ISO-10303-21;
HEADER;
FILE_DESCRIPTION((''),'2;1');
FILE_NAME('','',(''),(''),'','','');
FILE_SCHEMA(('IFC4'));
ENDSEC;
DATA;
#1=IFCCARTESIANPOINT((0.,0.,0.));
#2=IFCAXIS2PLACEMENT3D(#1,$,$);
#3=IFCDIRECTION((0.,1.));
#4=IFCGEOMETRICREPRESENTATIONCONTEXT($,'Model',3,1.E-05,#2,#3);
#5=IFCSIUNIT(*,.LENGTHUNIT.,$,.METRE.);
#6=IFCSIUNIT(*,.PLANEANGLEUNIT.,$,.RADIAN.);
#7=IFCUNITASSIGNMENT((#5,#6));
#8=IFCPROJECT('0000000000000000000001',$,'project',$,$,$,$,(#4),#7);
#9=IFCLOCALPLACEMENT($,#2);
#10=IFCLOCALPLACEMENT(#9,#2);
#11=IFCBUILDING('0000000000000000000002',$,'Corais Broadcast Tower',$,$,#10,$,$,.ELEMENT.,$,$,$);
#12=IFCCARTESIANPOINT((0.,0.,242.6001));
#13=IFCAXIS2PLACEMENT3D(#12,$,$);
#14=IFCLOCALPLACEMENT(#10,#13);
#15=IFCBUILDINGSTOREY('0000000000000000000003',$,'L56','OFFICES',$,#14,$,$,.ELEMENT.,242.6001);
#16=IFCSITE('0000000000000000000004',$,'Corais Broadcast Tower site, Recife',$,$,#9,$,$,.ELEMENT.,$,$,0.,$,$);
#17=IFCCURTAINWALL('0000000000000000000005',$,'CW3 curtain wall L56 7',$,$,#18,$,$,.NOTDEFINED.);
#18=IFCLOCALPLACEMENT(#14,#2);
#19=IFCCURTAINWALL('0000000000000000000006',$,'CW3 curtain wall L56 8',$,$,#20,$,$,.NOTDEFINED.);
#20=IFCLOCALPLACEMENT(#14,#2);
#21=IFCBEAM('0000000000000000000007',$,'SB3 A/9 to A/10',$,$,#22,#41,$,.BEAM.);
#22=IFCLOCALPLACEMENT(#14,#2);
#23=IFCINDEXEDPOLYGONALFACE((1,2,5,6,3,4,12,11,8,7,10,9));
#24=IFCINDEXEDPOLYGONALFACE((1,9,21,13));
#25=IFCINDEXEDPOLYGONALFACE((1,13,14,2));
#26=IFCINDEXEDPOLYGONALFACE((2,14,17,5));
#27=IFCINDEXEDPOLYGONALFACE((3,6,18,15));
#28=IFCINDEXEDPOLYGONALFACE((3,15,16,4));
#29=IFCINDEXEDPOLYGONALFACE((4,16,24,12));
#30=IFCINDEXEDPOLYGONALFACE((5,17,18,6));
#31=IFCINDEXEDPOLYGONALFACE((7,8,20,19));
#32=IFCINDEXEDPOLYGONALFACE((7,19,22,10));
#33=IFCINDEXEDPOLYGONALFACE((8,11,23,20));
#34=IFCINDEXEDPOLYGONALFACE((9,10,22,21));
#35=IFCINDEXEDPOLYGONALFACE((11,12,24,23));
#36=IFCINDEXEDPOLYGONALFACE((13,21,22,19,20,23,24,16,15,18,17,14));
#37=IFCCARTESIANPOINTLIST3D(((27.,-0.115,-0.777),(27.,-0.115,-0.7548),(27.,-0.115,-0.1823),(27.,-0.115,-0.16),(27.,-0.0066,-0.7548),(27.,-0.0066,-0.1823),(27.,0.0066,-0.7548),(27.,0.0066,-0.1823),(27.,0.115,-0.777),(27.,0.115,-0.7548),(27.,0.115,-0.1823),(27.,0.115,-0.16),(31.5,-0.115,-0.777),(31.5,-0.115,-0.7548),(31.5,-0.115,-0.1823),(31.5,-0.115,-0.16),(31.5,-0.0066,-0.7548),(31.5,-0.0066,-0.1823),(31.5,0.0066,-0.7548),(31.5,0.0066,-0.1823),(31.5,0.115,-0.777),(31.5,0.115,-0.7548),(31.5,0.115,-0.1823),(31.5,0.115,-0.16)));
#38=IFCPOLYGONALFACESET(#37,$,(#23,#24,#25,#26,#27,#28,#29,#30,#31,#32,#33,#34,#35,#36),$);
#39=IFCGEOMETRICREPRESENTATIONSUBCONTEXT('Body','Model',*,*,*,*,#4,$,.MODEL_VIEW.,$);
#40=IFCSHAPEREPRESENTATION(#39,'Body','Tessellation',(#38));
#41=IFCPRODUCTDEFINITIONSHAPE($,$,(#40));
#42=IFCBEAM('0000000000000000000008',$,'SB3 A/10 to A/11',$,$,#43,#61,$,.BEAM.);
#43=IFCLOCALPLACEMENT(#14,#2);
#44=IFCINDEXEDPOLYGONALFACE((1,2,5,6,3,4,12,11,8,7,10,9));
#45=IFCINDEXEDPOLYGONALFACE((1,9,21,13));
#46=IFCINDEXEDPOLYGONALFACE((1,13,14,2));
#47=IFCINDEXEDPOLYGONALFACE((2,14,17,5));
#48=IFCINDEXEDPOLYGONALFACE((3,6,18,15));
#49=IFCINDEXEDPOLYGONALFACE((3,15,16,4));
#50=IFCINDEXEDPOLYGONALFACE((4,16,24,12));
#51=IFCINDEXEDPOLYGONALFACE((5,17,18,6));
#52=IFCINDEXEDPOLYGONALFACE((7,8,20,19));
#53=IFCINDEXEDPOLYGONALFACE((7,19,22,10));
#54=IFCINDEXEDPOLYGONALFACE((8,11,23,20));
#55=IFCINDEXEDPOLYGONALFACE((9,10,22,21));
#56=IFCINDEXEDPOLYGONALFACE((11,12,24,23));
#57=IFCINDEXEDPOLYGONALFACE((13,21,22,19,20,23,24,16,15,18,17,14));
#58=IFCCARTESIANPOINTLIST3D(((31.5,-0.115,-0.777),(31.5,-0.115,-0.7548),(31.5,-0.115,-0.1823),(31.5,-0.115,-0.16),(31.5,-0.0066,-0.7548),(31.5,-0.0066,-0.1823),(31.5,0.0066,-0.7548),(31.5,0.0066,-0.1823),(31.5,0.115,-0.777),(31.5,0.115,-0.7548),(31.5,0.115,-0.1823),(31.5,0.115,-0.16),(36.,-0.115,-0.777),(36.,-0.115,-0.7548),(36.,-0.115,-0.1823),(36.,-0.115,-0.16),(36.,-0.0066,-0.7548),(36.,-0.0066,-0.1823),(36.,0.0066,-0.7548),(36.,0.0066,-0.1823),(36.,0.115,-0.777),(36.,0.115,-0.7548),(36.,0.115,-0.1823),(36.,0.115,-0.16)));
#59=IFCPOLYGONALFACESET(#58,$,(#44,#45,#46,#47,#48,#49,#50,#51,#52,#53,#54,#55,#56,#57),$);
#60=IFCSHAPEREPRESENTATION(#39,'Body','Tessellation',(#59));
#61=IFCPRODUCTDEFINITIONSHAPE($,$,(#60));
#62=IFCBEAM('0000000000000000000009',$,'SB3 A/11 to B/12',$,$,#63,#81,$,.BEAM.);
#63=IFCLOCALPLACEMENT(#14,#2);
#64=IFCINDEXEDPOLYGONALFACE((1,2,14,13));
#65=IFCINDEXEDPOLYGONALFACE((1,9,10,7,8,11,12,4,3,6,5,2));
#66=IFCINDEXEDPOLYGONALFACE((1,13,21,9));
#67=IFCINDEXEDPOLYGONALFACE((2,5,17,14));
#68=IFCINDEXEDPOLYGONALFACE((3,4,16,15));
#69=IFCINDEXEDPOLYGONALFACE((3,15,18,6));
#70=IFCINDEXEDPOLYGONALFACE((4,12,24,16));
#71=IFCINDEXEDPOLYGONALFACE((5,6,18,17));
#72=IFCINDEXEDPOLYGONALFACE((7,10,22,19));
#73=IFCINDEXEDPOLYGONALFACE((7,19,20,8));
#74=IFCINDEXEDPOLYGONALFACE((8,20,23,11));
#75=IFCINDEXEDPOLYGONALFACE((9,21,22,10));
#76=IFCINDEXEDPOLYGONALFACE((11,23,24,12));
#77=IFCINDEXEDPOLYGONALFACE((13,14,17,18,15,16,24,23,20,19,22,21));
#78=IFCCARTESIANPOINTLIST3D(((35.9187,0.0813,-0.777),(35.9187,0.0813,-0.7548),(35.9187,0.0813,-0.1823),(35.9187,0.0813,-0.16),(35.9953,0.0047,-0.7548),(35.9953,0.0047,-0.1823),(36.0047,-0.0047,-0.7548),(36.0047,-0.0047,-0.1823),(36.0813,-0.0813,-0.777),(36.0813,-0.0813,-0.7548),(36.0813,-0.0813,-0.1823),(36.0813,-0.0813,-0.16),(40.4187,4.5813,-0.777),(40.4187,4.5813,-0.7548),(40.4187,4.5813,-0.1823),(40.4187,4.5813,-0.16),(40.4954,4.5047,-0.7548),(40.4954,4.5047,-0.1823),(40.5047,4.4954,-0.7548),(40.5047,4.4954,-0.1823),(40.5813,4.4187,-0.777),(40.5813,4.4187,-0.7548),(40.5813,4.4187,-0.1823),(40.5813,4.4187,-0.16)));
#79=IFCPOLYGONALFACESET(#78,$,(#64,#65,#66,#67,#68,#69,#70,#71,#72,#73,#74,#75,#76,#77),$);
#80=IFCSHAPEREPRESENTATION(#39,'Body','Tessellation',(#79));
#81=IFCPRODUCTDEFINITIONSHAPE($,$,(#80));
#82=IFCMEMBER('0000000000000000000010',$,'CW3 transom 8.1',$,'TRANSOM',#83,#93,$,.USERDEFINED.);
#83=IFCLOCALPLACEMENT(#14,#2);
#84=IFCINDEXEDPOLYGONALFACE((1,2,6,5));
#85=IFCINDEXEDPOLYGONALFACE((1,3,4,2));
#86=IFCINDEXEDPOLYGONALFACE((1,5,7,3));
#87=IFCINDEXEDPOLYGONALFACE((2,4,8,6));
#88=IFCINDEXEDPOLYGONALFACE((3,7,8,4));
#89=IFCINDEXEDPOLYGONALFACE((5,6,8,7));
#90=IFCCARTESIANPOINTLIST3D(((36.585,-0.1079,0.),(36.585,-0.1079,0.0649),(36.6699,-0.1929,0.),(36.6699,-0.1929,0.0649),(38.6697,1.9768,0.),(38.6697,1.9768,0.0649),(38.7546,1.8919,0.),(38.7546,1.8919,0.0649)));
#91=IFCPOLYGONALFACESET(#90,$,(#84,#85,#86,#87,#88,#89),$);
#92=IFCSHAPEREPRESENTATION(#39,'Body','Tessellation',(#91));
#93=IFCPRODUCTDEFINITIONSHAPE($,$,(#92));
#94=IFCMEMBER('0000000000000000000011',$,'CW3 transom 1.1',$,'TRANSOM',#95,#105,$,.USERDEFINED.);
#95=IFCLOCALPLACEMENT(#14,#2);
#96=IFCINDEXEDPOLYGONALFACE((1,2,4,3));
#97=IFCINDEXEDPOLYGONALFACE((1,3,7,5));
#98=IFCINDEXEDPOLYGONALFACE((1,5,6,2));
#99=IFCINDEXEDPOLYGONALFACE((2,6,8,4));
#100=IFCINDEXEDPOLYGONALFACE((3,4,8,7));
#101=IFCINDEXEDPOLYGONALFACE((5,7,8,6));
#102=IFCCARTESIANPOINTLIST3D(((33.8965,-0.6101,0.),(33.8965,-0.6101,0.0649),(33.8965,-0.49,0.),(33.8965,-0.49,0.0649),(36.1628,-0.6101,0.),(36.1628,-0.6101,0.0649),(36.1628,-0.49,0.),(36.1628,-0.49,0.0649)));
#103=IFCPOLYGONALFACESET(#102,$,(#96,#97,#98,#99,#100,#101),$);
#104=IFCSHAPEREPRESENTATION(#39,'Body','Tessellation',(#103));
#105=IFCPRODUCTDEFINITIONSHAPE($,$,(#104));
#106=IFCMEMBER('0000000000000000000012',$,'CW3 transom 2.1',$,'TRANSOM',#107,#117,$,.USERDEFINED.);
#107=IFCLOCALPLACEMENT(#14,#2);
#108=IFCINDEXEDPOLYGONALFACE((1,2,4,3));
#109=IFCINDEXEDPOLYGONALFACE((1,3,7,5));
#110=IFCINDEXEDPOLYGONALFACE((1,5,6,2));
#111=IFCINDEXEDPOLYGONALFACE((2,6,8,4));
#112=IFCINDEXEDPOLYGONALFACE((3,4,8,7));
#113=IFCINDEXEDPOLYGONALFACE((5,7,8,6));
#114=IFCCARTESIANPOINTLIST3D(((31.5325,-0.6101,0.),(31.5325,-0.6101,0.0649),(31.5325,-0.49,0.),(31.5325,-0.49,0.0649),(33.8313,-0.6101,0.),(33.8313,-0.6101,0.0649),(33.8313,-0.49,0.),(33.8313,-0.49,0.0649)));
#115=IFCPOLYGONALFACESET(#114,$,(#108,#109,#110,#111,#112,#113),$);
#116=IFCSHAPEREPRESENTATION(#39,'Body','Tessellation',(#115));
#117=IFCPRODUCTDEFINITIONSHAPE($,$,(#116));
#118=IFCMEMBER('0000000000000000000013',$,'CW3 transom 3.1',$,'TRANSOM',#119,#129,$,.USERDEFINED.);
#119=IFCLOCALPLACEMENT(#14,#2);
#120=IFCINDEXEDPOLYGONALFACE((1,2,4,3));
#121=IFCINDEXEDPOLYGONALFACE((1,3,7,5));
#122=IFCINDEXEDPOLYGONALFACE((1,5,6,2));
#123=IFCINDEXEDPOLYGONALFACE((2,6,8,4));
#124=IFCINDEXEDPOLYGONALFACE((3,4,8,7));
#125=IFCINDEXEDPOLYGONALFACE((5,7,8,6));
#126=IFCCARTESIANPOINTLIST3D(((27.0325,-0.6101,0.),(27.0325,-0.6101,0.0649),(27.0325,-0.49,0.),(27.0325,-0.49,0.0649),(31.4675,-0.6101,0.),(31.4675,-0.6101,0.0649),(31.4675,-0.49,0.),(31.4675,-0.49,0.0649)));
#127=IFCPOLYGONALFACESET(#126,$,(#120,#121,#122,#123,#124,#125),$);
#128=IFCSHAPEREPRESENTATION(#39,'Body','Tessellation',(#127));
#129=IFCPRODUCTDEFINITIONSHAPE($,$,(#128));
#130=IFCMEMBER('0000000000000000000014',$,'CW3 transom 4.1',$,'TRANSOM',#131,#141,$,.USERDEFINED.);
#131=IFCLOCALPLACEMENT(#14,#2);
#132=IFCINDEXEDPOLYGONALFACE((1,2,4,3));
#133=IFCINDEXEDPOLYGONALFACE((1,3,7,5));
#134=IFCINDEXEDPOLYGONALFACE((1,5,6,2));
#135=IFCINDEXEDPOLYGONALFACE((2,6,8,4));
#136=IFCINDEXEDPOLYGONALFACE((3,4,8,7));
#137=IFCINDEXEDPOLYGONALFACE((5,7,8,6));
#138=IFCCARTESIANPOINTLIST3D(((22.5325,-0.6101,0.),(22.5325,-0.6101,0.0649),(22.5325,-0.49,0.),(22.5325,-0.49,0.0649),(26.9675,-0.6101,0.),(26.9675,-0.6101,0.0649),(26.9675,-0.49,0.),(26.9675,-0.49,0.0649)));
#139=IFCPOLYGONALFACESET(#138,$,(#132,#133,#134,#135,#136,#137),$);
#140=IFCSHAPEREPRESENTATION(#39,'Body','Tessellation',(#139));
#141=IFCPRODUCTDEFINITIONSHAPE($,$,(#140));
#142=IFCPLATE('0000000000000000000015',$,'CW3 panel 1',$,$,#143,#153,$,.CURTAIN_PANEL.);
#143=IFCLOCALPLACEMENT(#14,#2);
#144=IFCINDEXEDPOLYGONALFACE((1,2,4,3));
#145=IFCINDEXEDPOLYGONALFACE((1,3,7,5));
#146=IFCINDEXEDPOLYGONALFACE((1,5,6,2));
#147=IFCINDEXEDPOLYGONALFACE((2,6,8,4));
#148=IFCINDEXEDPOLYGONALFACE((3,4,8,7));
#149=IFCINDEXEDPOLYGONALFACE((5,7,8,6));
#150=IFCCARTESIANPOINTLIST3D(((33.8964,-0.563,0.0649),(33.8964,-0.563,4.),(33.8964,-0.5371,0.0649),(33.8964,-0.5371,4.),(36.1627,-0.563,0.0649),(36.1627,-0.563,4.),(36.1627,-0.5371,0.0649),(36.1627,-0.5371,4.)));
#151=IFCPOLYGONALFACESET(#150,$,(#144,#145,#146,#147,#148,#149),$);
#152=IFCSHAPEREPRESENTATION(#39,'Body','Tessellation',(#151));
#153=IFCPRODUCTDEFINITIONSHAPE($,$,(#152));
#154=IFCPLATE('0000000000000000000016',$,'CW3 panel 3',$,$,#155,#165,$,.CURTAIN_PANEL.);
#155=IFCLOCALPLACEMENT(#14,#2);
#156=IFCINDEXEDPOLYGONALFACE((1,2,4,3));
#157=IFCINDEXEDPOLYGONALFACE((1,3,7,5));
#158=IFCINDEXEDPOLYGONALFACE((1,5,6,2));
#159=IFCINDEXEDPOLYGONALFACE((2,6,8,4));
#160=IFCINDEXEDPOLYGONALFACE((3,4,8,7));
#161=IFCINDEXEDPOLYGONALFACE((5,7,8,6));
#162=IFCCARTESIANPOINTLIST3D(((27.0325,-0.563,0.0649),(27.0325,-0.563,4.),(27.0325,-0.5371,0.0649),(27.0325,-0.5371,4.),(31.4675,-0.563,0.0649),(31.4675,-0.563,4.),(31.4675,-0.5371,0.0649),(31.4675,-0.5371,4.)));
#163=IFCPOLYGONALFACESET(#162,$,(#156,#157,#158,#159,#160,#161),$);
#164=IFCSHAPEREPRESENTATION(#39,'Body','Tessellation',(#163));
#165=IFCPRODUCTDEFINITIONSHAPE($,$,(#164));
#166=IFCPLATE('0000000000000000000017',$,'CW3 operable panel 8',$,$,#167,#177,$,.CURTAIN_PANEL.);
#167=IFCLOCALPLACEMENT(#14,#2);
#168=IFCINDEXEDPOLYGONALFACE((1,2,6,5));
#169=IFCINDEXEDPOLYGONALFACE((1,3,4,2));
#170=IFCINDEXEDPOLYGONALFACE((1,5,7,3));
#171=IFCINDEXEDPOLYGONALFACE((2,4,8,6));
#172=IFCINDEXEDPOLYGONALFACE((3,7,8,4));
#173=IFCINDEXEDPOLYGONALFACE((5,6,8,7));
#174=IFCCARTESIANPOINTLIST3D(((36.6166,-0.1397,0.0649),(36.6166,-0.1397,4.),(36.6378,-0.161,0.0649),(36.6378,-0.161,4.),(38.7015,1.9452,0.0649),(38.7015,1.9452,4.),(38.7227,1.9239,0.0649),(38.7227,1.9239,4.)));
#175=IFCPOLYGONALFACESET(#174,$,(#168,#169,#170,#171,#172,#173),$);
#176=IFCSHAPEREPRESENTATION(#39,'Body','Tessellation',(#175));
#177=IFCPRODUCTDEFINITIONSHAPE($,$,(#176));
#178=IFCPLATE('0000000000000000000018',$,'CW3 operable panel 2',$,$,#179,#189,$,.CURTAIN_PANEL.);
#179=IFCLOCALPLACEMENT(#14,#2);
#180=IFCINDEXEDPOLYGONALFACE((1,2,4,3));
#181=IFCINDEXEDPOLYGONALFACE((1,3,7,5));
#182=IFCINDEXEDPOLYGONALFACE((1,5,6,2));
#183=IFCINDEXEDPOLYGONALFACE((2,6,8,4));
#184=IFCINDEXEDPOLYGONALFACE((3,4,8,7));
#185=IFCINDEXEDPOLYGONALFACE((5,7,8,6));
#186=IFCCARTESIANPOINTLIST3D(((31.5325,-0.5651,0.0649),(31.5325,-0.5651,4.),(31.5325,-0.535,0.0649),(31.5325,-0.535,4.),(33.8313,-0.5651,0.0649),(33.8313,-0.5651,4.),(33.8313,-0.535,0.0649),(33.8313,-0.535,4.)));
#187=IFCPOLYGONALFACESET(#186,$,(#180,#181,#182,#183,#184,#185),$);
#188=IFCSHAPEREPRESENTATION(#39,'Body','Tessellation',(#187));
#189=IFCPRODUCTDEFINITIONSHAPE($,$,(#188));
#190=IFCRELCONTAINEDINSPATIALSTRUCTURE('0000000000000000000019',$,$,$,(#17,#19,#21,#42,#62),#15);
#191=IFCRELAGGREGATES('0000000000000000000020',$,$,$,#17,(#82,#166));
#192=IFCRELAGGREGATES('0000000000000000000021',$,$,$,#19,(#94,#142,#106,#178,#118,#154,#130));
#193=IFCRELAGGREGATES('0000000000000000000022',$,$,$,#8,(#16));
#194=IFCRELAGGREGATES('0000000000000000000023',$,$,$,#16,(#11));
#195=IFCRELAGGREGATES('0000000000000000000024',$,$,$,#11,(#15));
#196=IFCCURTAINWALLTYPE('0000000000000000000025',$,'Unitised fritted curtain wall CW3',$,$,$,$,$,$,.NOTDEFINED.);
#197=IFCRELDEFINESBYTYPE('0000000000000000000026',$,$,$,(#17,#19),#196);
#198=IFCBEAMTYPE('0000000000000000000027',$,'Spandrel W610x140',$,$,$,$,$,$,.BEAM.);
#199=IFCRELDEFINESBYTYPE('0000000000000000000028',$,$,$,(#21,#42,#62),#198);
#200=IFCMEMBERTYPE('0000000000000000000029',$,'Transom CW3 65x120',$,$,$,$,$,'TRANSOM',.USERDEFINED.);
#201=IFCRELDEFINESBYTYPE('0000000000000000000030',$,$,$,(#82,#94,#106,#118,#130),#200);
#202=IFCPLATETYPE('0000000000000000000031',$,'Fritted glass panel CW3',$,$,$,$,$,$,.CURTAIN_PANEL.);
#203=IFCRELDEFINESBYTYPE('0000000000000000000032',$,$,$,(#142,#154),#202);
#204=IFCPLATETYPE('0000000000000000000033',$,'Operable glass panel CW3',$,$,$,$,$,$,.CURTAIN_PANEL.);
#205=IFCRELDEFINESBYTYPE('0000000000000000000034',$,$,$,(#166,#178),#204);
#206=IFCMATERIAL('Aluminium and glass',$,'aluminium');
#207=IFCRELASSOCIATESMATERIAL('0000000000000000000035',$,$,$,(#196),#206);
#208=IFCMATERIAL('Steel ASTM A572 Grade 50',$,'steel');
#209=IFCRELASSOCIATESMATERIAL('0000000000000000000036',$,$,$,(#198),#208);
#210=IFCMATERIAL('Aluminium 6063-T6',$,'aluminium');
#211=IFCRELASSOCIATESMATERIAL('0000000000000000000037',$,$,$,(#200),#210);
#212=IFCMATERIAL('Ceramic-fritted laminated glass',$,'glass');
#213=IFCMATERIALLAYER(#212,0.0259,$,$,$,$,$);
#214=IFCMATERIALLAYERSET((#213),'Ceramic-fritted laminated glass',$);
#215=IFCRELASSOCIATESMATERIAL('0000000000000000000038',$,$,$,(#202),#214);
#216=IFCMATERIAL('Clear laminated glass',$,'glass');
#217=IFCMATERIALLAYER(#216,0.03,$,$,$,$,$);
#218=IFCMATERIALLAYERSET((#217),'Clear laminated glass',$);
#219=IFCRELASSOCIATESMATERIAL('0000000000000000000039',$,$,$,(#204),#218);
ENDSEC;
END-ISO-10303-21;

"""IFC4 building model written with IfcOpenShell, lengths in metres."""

from ifc_helpers import new_model, si_unit, direction, frame, origin, origin_2d, place, context, subcontext, project, spatial, rectangle, i_section, extrude, material, layer, layer_set, material_profile, profile_set, type_object, element, aggregate, save


model = new_model("IFC4")

# Units and contexts
model_context = context("Model", 3, precision=1e-05, world=origin(), true_north=direction((0.0, 1.0)))
body_context = subcontext(model_context, "Body", "Model", "MODEL_VIEW")
ifc_project = project(units=[si_unit("LENGTHUNIT", "METRE"), si_unit("PLANEANGLEUNIT", "RADIAN")], contexts=[model_context])

# Site, building, storey
site_placement = place(None, origin())
site = spatial("IfcSite", under=ifc_project, at=site_placement, Name="Corais Broadcast Tower site, Recife", CompositionType="ELEMENT", RefElevation=0.0)
building_placement = place(site_placement, origin())
building = spatial("IfcBuilding", under=site, at=building_placement, Name="Corais Broadcast Tower", CompositionType="ELEMENT")
storey_placement = place(building_placement, frame((0.0, 0.0, 242.6001)))
storey = spatial("IfcBuildingStorey", under=building, at=storey_placement, Name="L56", Description="OFFICES", CompositionType="ELEMENT", Elevation=242.6001)

# Curtain wall
ifc_material_1 = material(Name="Aluminium and glass", Category="aluminium")
curtain_wall_type = type_object("IfcCurtainWallType", Name="Unitised fritted curtain wall CW3", PredefinedType="NOTDEFINED", material=ifc_material_1)
curtain_wall_1_placement = place(storey_placement, origin())
curtain_wall_1 = element("IfcCurtainWall", 1, at=curtain_wall_1_placement, inside=storey, type_object=curtain_wall_type, Name="CW3 curtain wall L56 7", PredefinedType="NOTDEFINED")

# Curtain wall
curtain_wall_2_placement = place(storey_placement, origin())
curtain_wall_2 = element("IfcCurtainWall", 2, at=curtain_wall_2_placement, inside=storey, type_object=curtain_wall_type, Name="CW3 curtain wall L56 8", PredefinedType="NOTDEFINED")

# Beams
ifc_material_2 = material(Name="Steel ASTM A572 Grade 50", Category="steel")
ifc_material_profile_1 = material_profile(ifc_material_2, i_section(OverallWidth=0.23, OverallDepth=0.6169, WebThickness=0.0132, FlangeThickness=0.0222, at=origin_2d()), Name="W610x140")
ifc_profile_set_1 = profile_set([ifc_material_profile_1], Name="Steel ASTM A572 Grade 50")
beam_type_1 = type_object("IfcBeamType", Name="Spandrel W610x140", PredefinedType="BEAM", material=ifc_profile_set_1)
for number, where, z_axis, x_axis, name in (
    (3, (27.0, 0.0, -0.4685), (1.0, 0.0, 0.0), (0.0, 1.0, 0.0), "SB3 A/9 to A/10"),
    (4, (31.5, 0.0, -0.4685), (1.0, 0.0, 0.0), (0.0, 1.0, 0.0), "SB3 A/10 to A/11"),
):
    element("IfcBeam", number, at=place(storey_placement, frame(where, z_axis=z_axis, x_axis=x_axis)), inside=storey, type_object=beam_type_1, Name=name, PredefinedType="BEAM", context=body_context, shape_type="SweptSolid", body=[
        extrude(i_section(OverallWidth=0.23, OverallDepth=0.6169, WebThickness=0.0132, FlangeThickness=0.0222, at=origin_2d()), origin(), (0.0, 0.0, 1.0), 4.5),
    ])
beam_placement = place(storey_placement, frame((36.0, 0.0, -0.4685), z_axis=(0.707107, 0.707107, 0.0), x_axis=(-0.707107, 0.707107, 0.0)))
element("IfcBeam", 5, at=beam_placement, inside=storey, type_object=beam_type_1, Name="SB3 A/11 to B/12", PredefinedType="BEAM", context=body_context, shape_type="SweptSolid", body=[
    extrude(i_section(OverallWidth=0.23, OverallDepth=0.6169, WebThickness=0.0132, FlangeThickness=0.0222, at=origin_2d()), origin(), (0.0, 0.0, 1.0), 6.364),
])

# Members
ifc_material_3 = material(Name="Aluminium 6063-T6", Category="aluminium")
ifc_material_profile_2 = material_profile(ifc_material_3, rectangle(XDim=0.1201, YDim=0.0649, at=origin_2d()), Name="Transom CW3 65x120")
ifc_profile_set_2 = profile_set([ifc_material_profile_2], Name="Aluminium 6063-T6")
member_type_1 = type_object("IfcMemberType", Name="Transom CW3 65x120", ElementType="TRANSOM", PredefinedType="USERDEFINED", material=ifc_profile_set_2)
member_1_placement = place(storey_placement, frame((38.7122, 1.9343, 0.0325), z_axis=(-0.707107, -0.707107, 0.0), x_axis=(0.707107, -0.707107, 0.0)))
member_1 = element("IfcMember", 6, at=member_1_placement, type_object=member_type_1, Name="CW3 transom 8.1", ObjectType="TRANSOM", PredefinedType="USERDEFINED", context=body_context, shape_type="SweptSolid", body=[
    extrude(rectangle(XDim=0.1201, YDim=0.0649, at=origin_2d()), origin(), (0.0, 0.0, 1.0), 2.9482),
])
member_2_placement = place(storey_placement, frame((36.1628, -0.55, 0.0325), z_axis=(-1.0, 0.0, 0.0), x_axis=(0.0, -1.0, 0.0)))
member_2 = element("IfcMember", 7, at=member_2_placement, type_object=member_type_1, Name="CW3 transom 1.1", ObjectType="TRANSOM", PredefinedType="USERDEFINED", context=body_context, shape_type="SweptSolid", body=[
    extrude(rectangle(XDim=0.1201, YDim=0.0649, at=origin_2d()), origin(), (0.0, 0.0, 1.0), 2.2664),
])
member_3_placement = place(storey_placement, frame((33.8313, -0.55, 0.0325), z_axis=(-1.0, 0.0, 0.0), x_axis=(0.0, -1.0, 0.0)))
member_3 = element("IfcMember", 8, at=member_3_placement, type_object=member_type_1, Name="CW3 transom 2.1", ObjectType="TRANSOM", PredefinedType="USERDEFINED", context=body_context, shape_type="SweptSolid", body=[
    extrude(rectangle(XDim=0.1201, YDim=0.0649, at=origin_2d()), origin(), (0.0, 0.0, 1.0), 2.2988),
])
member_4_placement = place(storey_placement, frame((31.4675, -0.55, 0.0325), z_axis=(-1.0, 0.0, 0.0), x_axis=(0.0, -1.0, 0.0)))
member_4 = element("IfcMember", 9, at=member_4_placement, type_object=member_type_1, Name="CW3 transom 3.1", ObjectType="TRANSOM", PredefinedType="USERDEFINED", context=body_context, shape_type="SweptSolid", body=[
    extrude(rectangle(XDim=0.1201, YDim=0.0649, at=origin_2d()), origin(), (0.0, 0.0, 1.0), 4.4351),
])
member_5_placement = place(storey_placement, frame((26.9675, -0.55, 0.0325), z_axis=(-1.0, 0.0, 0.0), x_axis=(0.0, -1.0, 0.0)))
member_5 = element("IfcMember", 10, at=member_5_placement, type_object=member_type_1, Name="CW3 transom 4.1", ObjectType="TRANSOM", PredefinedType="USERDEFINED", context=body_context, shape_type="SweptSolid", body=[
    extrude(rectangle(XDim=0.1201, YDim=0.0649, at=origin_2d()), origin(), (0.0, 0.0, 1.0), 4.4351),
])

# Plates
ifc_material_4 = material(Name="Ceramic-fritted laminated glass", Category="glass")
ifc_layer_1 = layer(ifc_material_4, 0.0259)
ifc_layer_set_1 = layer_set([ifc_layer_1], Name="Ceramic-fritted laminated glass")
plate_type_1 = type_object("IfcPlateType", Name="Fritted glass panel CW3", PredefinedType="CURTAIN_PANEL", material=ifc_layer_set_1)
plate_1_placement = place(storey_placement, frame((35.0295, -0.55, 0.0649), z_axis=(0.0, 0.0, 1.0), x_axis=(-1.0, 0.0, 0.0)))
plate_1 = element("IfcPlate", 11, at=plate_1_placement, type_object=plate_type_1, Name="CW3 panel 1", PredefinedType="CURTAIN_PANEL", context=body_context, shape_type="SweptSolid", body=[
    extrude(rectangle(XDim=2.2664, YDim=0.0259, at=origin_2d()), origin(), (0.0, 0.0, 1.0), 3.9351),
])
plate_2_placement = place(storey_placement, frame((29.25, -0.55, 0.0649), z_axis=(0.0, 0.0, 1.0), x_axis=(-1.0, 0.0, 0.0)))
plate_2 = element("IfcPlate", 12, at=plate_2_placement, type_object=plate_type_1, Name="CW3 panel 3", PredefinedType="CURTAIN_PANEL", context=body_context, shape_type="SweptSolid", body=[
    extrude(rectangle(XDim=4.4351, YDim=0.0259, at=origin_2d()), origin(), (0.0, 0.0, 1.0), 3.9351),
])
ifc_material_5 = material(Name="Clear laminated glass", Category="glass")
ifc_layer_2 = layer(ifc_material_5, 0.03)
ifc_layer_set_2 = layer_set([ifc_layer_2], Name="Clear laminated glass")
plate_type_2 = type_object("IfcPlateType", Name="Operable glass panel CW3", PredefinedType="CURTAIN_PANEL", material=ifc_layer_set_2)
plate_3_placement = place(storey_placement, frame((37.6697, 0.8921, 0.0649), z_axis=(0.0, 0.0, 1.0), x_axis=(-0.707107, -0.707107, 0.0)))
plate_3 = element("IfcPlate", 13, at=plate_3_placement, type_object=plate_type_2, Name="CW3 operable panel 8", PredefinedType="CURTAIN_PANEL", context=body_context, shape_type="SweptSolid", body=[
    extrude(rectangle(XDim=2.9485, YDim=0.03, at=origin_2d()), origin(), (0.0, 0.0, 1.0), 3.9351),
])
aggregate(curtain_wall_1, [member_1, plate_3])
plate_4_placement = place(storey_placement, frame((32.6819, -0.55, 0.0649), z_axis=(0.0, 0.0, 1.0), x_axis=(-1.0, 0.0, 0.0)))
plate_4 = element("IfcPlate", 14, at=plate_4_placement, type_object=plate_type_2, Name="CW3 operable panel 2", PredefinedType="CURTAIN_PANEL", context=body_context, shape_type="SweptSolid", body=[
    extrude(rectangle(XDim=2.2988, YDim=0.03, at=origin_2d()), origin(), (0.0, 0.0, 1.0), 3.9351),
])
aggregate(curtain_wall_2, [member_2, plate_1, member_3, plate_4, member_4, plate_2, member_5])

save(model, "model.ifc")
